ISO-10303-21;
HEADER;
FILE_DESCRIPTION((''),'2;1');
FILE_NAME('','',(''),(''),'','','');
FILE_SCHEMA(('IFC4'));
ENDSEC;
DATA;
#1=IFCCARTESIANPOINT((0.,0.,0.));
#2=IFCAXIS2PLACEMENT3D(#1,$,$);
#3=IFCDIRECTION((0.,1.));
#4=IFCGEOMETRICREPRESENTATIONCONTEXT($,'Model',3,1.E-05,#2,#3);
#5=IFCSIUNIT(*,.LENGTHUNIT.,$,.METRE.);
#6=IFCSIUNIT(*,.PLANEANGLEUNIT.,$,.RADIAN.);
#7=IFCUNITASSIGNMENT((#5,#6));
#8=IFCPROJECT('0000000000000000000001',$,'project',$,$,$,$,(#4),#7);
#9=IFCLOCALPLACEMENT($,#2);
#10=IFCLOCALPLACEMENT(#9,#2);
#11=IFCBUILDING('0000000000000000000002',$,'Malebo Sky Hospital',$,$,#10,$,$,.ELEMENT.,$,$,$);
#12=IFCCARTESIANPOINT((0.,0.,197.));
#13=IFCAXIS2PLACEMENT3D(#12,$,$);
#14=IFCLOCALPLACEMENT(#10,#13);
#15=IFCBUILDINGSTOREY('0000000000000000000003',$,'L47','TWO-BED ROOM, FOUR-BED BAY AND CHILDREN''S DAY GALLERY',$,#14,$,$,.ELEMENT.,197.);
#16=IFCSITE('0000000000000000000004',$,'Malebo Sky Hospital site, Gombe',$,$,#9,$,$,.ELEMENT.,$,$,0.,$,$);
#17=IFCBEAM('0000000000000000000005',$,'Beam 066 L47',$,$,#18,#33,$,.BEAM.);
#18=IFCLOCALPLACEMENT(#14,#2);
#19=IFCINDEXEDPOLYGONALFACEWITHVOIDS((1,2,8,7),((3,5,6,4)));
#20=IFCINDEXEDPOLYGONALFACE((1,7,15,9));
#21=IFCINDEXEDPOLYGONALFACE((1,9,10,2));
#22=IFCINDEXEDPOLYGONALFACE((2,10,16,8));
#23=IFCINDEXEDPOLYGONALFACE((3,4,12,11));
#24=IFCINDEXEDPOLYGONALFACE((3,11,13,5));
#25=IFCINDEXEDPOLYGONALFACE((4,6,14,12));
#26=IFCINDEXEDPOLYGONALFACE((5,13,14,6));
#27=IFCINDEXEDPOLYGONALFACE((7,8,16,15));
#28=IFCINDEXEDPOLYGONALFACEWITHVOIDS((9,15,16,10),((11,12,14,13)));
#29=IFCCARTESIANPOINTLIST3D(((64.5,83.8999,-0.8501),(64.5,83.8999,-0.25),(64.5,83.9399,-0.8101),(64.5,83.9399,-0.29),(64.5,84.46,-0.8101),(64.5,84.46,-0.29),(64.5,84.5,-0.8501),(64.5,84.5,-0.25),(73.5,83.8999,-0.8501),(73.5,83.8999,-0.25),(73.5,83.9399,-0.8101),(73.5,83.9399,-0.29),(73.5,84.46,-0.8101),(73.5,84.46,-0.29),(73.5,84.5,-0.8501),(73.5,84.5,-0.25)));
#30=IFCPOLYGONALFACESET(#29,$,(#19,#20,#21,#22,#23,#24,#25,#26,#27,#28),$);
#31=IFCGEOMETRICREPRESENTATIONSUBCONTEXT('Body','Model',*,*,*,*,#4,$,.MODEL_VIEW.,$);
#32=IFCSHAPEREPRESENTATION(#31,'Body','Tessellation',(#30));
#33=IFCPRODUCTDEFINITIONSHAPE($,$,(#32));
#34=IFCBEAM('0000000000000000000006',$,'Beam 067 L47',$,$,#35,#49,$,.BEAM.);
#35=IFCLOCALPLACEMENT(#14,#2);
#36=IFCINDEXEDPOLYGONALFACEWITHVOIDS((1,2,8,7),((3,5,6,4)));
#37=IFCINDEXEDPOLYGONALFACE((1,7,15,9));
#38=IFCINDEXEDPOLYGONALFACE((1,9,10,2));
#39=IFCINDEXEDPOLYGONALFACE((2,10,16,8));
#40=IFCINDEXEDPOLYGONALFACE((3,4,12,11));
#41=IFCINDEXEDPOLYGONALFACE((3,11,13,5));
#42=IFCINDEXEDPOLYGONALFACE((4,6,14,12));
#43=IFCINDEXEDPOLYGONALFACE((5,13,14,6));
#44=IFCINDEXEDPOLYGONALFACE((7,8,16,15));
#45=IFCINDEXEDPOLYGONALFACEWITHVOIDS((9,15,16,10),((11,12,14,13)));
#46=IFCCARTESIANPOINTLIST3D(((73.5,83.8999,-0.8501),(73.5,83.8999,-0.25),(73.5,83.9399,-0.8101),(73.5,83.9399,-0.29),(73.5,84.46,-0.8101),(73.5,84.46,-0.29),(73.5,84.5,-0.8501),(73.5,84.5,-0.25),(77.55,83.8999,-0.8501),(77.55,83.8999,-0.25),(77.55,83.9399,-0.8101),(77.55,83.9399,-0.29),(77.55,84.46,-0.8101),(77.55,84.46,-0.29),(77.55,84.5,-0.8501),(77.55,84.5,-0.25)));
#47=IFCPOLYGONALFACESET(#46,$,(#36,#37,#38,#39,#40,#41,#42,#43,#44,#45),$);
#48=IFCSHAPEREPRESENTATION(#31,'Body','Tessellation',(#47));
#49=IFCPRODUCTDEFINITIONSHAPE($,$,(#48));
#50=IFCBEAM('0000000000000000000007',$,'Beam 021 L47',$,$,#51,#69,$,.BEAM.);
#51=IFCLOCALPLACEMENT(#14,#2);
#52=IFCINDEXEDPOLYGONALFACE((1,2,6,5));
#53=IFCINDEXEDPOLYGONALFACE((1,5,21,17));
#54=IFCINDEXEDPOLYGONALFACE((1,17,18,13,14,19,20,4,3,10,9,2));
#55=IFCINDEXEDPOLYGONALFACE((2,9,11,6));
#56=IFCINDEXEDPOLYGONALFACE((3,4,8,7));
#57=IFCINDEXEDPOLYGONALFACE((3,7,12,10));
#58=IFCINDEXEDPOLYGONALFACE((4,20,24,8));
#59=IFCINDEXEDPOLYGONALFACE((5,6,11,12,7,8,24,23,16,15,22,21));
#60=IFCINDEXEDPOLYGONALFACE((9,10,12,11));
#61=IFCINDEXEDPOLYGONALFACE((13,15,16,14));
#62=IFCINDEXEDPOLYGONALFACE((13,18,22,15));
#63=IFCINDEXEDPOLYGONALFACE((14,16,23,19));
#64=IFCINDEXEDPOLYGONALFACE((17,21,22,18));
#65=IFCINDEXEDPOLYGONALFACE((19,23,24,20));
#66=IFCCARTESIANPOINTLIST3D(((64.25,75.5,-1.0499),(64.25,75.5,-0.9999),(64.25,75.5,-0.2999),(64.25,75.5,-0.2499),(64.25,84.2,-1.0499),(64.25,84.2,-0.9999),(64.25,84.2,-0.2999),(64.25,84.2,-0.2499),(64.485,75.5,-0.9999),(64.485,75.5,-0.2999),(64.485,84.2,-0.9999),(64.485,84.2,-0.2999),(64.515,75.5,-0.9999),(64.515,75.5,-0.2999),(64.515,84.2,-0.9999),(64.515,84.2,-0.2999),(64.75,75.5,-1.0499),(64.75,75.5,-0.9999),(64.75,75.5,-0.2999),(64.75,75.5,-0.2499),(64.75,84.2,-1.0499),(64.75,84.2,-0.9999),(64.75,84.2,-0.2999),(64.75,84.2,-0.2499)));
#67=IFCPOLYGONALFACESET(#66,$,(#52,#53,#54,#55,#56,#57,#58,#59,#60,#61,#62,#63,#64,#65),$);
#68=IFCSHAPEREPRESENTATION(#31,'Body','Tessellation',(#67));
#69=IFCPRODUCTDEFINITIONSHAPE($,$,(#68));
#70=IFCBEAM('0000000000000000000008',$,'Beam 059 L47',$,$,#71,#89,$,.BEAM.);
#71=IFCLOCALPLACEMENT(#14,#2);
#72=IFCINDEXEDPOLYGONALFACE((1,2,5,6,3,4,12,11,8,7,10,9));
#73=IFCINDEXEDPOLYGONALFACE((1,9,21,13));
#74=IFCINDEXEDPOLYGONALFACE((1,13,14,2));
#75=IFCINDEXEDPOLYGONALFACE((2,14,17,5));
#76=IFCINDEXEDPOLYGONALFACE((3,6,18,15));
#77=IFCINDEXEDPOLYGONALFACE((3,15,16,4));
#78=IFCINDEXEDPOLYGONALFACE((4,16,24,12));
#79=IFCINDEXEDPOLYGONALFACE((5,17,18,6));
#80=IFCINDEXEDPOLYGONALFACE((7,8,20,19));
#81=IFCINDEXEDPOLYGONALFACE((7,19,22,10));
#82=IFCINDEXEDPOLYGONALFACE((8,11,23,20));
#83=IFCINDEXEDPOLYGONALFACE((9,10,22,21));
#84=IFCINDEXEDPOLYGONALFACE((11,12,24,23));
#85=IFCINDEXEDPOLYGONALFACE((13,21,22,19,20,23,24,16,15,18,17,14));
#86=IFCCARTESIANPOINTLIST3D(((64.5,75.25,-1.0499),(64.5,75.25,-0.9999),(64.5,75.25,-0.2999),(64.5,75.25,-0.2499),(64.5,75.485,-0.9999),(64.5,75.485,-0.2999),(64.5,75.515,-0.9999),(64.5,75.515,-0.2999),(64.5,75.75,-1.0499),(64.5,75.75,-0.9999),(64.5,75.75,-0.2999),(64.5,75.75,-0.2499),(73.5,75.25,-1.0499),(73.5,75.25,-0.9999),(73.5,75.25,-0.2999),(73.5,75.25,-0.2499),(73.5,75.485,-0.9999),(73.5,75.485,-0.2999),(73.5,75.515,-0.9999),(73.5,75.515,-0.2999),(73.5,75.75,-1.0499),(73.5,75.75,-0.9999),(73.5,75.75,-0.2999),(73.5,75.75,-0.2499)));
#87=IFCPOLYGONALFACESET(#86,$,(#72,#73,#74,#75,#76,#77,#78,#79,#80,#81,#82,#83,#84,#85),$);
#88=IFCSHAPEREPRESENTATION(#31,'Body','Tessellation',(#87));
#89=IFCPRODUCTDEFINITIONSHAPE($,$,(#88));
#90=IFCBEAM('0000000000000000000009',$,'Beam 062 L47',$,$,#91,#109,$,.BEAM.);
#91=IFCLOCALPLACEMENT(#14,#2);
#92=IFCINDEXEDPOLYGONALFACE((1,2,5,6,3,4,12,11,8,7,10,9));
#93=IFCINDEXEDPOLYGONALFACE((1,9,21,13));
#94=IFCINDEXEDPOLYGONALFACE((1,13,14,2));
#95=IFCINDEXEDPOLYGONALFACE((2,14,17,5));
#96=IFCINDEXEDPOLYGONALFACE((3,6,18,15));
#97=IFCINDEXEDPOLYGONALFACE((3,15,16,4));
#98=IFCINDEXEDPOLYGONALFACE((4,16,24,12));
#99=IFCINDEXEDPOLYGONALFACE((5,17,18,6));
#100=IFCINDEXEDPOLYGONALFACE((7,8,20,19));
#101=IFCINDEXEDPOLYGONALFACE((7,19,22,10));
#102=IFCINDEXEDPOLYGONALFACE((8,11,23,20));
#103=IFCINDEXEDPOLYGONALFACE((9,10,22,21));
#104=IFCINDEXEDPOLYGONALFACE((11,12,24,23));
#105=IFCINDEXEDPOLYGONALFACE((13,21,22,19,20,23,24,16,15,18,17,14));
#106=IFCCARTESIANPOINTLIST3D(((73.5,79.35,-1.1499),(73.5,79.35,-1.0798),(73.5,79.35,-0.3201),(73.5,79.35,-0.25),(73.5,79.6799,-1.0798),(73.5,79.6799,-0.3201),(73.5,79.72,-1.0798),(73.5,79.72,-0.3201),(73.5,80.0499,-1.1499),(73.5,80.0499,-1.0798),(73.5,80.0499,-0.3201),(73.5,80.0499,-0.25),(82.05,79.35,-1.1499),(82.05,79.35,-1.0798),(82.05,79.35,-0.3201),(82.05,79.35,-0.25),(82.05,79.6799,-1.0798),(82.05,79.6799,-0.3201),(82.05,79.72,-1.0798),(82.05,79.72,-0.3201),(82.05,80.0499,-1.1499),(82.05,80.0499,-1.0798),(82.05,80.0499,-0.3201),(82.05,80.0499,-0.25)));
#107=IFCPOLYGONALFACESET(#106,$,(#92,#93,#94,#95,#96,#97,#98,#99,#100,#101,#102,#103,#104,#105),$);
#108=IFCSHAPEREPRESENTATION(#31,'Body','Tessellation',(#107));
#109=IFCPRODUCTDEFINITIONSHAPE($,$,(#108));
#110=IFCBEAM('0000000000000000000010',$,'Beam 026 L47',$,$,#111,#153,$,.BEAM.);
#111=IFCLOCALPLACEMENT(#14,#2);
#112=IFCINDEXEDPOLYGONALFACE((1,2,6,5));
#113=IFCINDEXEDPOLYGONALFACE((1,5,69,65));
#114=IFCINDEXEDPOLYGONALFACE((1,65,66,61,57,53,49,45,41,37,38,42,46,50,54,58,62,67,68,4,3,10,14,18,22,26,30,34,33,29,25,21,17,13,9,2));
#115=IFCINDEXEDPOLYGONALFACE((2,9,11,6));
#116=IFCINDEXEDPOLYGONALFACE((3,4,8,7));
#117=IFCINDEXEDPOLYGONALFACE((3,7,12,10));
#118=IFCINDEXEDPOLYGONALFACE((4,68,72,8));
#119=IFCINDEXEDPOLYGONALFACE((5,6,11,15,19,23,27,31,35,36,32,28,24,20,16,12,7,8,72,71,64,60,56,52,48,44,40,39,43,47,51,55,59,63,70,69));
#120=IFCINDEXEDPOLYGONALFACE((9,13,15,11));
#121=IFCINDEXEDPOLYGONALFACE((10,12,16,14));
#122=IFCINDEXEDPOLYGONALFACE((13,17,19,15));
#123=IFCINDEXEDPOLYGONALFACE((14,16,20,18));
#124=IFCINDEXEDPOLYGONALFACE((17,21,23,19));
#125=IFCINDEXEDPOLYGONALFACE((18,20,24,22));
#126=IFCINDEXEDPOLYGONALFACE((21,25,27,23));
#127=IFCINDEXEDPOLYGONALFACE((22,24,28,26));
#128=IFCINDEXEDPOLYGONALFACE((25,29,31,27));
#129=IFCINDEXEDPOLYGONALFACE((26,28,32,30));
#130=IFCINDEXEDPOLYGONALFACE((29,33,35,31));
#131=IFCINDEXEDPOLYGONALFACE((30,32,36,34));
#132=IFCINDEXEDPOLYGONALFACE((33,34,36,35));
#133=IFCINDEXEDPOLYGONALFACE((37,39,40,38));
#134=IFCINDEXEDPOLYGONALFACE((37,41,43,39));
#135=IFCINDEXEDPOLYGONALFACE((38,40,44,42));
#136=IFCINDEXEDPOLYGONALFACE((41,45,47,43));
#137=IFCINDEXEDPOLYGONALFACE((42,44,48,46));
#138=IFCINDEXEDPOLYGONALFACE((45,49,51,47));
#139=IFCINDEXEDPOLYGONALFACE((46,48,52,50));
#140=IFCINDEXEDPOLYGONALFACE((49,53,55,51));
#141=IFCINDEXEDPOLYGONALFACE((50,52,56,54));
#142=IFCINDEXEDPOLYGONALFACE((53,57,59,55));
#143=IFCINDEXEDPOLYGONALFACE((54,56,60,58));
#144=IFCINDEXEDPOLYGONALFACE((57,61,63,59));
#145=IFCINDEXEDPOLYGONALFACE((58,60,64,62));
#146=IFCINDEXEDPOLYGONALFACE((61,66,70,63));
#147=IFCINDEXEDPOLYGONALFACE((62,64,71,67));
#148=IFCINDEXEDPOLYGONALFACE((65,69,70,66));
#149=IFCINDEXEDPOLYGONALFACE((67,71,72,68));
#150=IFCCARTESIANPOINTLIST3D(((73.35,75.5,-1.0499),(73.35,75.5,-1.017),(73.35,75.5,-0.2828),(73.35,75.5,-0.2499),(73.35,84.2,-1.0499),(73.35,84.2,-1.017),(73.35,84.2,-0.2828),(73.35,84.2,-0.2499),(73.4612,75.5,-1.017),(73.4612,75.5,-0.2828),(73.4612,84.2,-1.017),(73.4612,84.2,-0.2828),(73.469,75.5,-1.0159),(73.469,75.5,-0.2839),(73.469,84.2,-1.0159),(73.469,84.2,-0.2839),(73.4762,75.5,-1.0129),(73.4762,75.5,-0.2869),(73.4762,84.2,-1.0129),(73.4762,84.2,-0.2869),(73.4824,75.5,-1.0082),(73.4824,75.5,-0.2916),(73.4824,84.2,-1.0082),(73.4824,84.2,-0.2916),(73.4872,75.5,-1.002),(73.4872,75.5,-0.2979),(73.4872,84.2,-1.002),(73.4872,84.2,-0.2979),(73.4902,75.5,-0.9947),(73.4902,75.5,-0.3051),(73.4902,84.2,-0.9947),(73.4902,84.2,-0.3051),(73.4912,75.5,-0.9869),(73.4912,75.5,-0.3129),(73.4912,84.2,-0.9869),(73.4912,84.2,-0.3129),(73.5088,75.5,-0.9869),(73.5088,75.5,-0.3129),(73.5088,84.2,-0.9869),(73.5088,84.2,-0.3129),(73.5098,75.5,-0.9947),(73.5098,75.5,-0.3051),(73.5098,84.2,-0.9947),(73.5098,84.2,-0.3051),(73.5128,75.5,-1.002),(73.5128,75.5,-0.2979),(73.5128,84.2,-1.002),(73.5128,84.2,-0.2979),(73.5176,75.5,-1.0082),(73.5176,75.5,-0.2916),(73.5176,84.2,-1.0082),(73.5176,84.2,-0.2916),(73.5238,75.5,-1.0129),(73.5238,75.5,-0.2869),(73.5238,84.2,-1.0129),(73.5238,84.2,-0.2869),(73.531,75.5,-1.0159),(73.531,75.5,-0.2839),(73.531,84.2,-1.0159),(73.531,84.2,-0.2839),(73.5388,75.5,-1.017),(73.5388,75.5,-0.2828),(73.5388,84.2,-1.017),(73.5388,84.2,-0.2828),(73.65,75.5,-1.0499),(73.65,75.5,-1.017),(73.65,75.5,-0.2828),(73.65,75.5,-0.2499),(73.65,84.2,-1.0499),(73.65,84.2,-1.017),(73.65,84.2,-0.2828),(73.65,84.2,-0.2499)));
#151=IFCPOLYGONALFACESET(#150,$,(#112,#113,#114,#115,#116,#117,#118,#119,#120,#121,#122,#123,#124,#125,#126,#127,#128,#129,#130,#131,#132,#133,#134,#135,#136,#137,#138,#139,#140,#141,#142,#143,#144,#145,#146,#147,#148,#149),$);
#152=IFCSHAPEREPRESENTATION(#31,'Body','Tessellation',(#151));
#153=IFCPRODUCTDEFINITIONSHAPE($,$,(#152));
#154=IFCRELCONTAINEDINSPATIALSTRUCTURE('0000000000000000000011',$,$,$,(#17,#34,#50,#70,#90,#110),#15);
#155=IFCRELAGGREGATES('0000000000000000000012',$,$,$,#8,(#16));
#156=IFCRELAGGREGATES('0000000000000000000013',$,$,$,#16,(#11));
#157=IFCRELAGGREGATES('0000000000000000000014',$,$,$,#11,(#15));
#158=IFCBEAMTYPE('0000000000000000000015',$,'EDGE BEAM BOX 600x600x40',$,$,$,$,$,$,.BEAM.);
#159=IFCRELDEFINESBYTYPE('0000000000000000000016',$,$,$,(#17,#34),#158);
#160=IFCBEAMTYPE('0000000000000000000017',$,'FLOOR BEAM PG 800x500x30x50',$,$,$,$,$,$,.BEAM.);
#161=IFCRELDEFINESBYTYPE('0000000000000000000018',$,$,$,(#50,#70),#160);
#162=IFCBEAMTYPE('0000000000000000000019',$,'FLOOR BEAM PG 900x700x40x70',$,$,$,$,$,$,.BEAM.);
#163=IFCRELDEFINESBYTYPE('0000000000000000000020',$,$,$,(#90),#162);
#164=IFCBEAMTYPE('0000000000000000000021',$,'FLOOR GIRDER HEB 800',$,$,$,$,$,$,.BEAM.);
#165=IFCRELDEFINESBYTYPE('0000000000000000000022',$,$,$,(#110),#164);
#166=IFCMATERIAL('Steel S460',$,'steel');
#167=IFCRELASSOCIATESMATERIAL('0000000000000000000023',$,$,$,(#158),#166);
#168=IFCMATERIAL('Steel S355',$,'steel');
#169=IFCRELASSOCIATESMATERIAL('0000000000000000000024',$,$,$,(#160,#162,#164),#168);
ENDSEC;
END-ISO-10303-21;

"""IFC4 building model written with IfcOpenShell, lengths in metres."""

from ifc_helpers import new_model, si_unit, direction, frame, origin, origin_2d, place, context, subcontext, project, spatial, hollow_rectangle, i_section, extrude, material, material_profile, profile_set, type_object, element, save


model = new_model("IFC4")

# Units and contexts
model_context = context("Model", 3, precision=1e-05, world=origin(), true_north=direction((0.0, 1.0)))
body_context = subcontext(model_context, "Body", "Model", "MODEL_VIEW")
ifc_project = project(units=[si_unit("LENGTHUNIT", "METRE"), si_unit("PLANEANGLEUNIT", "RADIAN")], contexts=[model_context])

# Site, building, storey
site_placement = place(None, origin())
site = spatial("IfcSite", under=ifc_project, at=site_placement, Name="Malebo Sky Hospital site, Gombe", CompositionType="ELEMENT", RefElevation=0.0)
building_placement = place(site_placement, origin())
building = spatial("IfcBuilding", under=site, at=building_placement, Name="Malebo Sky Hospital", CompositionType="ELEMENT")
storey_placement = place(building_placement, frame((0.0, 0.0, 197.0)))
storey = spatial("IfcBuildingStorey", under=building, at=storey_placement, Name="L47", Description="TWO-BED ROOM, FOUR-BED BAY AND CHILDREN'S DAY GALLERY", CompositionType="ELEMENT", Elevation=197.0)

# Shared definitions
ifc_material_1 = material(Name="Steel S460", Category="steel")

# Shared definitions
ifc_material_2 = material(Name="Steel S355", Category="steel")

# Beams
ifc_material_profile_1 = material_profile(ifc_material_1, hollow_rectangle(XDim=0.6001, YDim=0.6001, WallThickness=0.04, at=origin_2d()), Name="BOX 600x600x40")
ifc_profile_set_1 = profile_set([ifc_material_profile_1], Name="Steel S460")
beam_type_1 = type_object("IfcBeamType", Name="EDGE BEAM BOX 600x600x40", PredefinedType="BEAM", material=ifc_profile_set_1)
beam_1_placement = place(storey_placement, frame((64.5, 84.2, -0.55), z_axis=(1.0, 0.0, 0.0), x_axis=(0.0, 1.0, 0.0)))
element("IfcBeam", 1, at=beam_1_placement, inside=storey, type_object=beam_type_1, Name="Beam 066 L47", PredefinedType="BEAM", context=body_context, shape_type="SweptSolid", body=[
    extrude(hollow_rectangle(XDim=0.6001, YDim=0.6001, WallThickness=0.04, at=origin_2d()), origin(), (0.0, 0.0, 1.0), 9.0),
])
beam_2_placement = place(storey_placement, frame((73.5, 84.2, -0.55), z_axis=(1.0, 0.0, 0.0), x_axis=(0.0, 1.0, 0.0)))
element("IfcBeam", 2, at=beam_2_placement, inside=storey, type_object=beam_type_1, Name="Beam 067 L47", PredefinedType="BEAM", context=body_context, shape_type="SweptSolid", body=[
    extrude(hollow_rectangle(XDim=0.6001, YDim=0.6001, WallThickness=0.04, at=origin_2d()), origin(), (0.0, 0.0, 1.0), 4.05),
])
ifc_material_profile_2 = material_profile(ifc_material_2, i_section(OverallWidth=0.5, OverallDepth=0.8, WebThickness=0.03, FlangeThickness=0.05, at=origin_2d()), Name="PG 800x500x30x50")
ifc_profile_set_2 = profile_set([ifc_material_profile_2], Name="Steel S355")
beam_type_2 = type_object("IfcBeamType", Name="FLOOR BEAM PG 800x500x30x50", PredefinedType="BEAM", material=ifc_profile_set_2)
beam_3_placement = place(storey_placement, frame((64.5, 75.5, -0.6499), z_axis=(0.0, 1.0, 0.0), x_axis=(-1.0, 0.0, 0.0)))
element("IfcBeam", 3, at=beam_3_placement, inside=storey, type_object=beam_type_2, Name="Beam 021 L47", PredefinedType="BEAM", context=body_context, shape_type="SweptSolid", body=[
    extrude(i_section(OverallWidth=0.5, OverallDepth=0.8, WebThickness=0.03, FlangeThickness=0.05, at=origin_2d()), origin(), (0.0, 0.0, 1.0), 8.7),
])
beam_4_placement = place(storey_placement, frame((64.5, 75.5, -0.6499), z_axis=(1.0, 0.0, 0.0), x_axis=(0.0, 1.0, 0.0)))
element("IfcBeam", 4, at=beam_4_placement, inside=storey, type_object=beam_type_2, Name="Beam 059 L47", PredefinedType="BEAM", context=body_context, shape_type="SweptSolid", body=[
    extrude(i_section(OverallWidth=0.5, OverallDepth=0.8, WebThickness=0.03, FlangeThickness=0.05, at=origin_2d()), origin(), (0.0, 0.0, 1.0), 9.0),
])
ifc_material_profile_3 = material_profile(ifc_material_2, i_section(OverallWidth=0.7, OverallDepth=0.8999, WebThickness=0.04, FlangeThickness=0.0701, at=origin_2d()), Name="PG 900x700x40x70")
ifc_profile_set_3 = profile_set([ifc_material_profile_3], Name="Steel S355")
beam_type_3 = type_object("IfcBeamType", Name="FLOOR BEAM PG 900x700x40x70", PredefinedType="BEAM", material=ifc_profile_set_3)
beam_5_placement = place(storey_placement, frame((73.5, 79.7, -0.7), z_axis=(1.0, 0.0, 0.0), x_axis=(0.0, 1.0, 0.0)))
element("IfcBeam", 5, at=beam_5_placement, inside=storey, type_object=beam_type_3, Name="Beam 062 L47", PredefinedType="BEAM", context=body_context, shape_type="SweptSolid", body=[
    extrude(i_section(OverallWidth=0.7, OverallDepth=0.8999, WebThickness=0.04, FlangeThickness=0.0701, at=origin_2d()), origin(), (0.0, 0.0, 1.0), 8.55),
])
ifc_material_profile_4 = material_profile(ifc_material_2, i_section(OverallWidth=0.3, OverallDepth=0.8, WebThickness=0.0176, FlangeThickness=0.033, FilletRadius=0.03, at=origin_2d()), Name="HEB 800")
ifc_profile_set_4 = profile_set([ifc_material_profile_4], Name="Steel S355")
beam_type_4 = type_object("IfcBeamType", Name="FLOOR GIRDER HEB 800", PredefinedType="BEAM", material=ifc_profile_set_4)
for number, where, z_axis, x_axis, name in (
    (6, (73.5, 75.5, -0.6499), (0.0, 1.0, 0.0), (-1.0, 0.0, 0.0), "Beam 026 L47"),
):
    element("IfcBeam", number, at=place(storey_placement, frame(where, z_axis=z_axis, x_axis=x_axis)), inside=storey, type_object=beam_type_4, Name=name, PredefinedType="BEAM", context=body_context, shape_type="SweptSolid", body=[
        extrude(i_section(OverallWidth=0.3, OverallDepth=0.8, WebThickness=0.0176, FlangeThickness=0.033, FilletRadius=0.03, at=origin_2d()), origin(), (0.0, 0.0, 1.0), 8.7),
    ])

save(model, "model.ifc")
